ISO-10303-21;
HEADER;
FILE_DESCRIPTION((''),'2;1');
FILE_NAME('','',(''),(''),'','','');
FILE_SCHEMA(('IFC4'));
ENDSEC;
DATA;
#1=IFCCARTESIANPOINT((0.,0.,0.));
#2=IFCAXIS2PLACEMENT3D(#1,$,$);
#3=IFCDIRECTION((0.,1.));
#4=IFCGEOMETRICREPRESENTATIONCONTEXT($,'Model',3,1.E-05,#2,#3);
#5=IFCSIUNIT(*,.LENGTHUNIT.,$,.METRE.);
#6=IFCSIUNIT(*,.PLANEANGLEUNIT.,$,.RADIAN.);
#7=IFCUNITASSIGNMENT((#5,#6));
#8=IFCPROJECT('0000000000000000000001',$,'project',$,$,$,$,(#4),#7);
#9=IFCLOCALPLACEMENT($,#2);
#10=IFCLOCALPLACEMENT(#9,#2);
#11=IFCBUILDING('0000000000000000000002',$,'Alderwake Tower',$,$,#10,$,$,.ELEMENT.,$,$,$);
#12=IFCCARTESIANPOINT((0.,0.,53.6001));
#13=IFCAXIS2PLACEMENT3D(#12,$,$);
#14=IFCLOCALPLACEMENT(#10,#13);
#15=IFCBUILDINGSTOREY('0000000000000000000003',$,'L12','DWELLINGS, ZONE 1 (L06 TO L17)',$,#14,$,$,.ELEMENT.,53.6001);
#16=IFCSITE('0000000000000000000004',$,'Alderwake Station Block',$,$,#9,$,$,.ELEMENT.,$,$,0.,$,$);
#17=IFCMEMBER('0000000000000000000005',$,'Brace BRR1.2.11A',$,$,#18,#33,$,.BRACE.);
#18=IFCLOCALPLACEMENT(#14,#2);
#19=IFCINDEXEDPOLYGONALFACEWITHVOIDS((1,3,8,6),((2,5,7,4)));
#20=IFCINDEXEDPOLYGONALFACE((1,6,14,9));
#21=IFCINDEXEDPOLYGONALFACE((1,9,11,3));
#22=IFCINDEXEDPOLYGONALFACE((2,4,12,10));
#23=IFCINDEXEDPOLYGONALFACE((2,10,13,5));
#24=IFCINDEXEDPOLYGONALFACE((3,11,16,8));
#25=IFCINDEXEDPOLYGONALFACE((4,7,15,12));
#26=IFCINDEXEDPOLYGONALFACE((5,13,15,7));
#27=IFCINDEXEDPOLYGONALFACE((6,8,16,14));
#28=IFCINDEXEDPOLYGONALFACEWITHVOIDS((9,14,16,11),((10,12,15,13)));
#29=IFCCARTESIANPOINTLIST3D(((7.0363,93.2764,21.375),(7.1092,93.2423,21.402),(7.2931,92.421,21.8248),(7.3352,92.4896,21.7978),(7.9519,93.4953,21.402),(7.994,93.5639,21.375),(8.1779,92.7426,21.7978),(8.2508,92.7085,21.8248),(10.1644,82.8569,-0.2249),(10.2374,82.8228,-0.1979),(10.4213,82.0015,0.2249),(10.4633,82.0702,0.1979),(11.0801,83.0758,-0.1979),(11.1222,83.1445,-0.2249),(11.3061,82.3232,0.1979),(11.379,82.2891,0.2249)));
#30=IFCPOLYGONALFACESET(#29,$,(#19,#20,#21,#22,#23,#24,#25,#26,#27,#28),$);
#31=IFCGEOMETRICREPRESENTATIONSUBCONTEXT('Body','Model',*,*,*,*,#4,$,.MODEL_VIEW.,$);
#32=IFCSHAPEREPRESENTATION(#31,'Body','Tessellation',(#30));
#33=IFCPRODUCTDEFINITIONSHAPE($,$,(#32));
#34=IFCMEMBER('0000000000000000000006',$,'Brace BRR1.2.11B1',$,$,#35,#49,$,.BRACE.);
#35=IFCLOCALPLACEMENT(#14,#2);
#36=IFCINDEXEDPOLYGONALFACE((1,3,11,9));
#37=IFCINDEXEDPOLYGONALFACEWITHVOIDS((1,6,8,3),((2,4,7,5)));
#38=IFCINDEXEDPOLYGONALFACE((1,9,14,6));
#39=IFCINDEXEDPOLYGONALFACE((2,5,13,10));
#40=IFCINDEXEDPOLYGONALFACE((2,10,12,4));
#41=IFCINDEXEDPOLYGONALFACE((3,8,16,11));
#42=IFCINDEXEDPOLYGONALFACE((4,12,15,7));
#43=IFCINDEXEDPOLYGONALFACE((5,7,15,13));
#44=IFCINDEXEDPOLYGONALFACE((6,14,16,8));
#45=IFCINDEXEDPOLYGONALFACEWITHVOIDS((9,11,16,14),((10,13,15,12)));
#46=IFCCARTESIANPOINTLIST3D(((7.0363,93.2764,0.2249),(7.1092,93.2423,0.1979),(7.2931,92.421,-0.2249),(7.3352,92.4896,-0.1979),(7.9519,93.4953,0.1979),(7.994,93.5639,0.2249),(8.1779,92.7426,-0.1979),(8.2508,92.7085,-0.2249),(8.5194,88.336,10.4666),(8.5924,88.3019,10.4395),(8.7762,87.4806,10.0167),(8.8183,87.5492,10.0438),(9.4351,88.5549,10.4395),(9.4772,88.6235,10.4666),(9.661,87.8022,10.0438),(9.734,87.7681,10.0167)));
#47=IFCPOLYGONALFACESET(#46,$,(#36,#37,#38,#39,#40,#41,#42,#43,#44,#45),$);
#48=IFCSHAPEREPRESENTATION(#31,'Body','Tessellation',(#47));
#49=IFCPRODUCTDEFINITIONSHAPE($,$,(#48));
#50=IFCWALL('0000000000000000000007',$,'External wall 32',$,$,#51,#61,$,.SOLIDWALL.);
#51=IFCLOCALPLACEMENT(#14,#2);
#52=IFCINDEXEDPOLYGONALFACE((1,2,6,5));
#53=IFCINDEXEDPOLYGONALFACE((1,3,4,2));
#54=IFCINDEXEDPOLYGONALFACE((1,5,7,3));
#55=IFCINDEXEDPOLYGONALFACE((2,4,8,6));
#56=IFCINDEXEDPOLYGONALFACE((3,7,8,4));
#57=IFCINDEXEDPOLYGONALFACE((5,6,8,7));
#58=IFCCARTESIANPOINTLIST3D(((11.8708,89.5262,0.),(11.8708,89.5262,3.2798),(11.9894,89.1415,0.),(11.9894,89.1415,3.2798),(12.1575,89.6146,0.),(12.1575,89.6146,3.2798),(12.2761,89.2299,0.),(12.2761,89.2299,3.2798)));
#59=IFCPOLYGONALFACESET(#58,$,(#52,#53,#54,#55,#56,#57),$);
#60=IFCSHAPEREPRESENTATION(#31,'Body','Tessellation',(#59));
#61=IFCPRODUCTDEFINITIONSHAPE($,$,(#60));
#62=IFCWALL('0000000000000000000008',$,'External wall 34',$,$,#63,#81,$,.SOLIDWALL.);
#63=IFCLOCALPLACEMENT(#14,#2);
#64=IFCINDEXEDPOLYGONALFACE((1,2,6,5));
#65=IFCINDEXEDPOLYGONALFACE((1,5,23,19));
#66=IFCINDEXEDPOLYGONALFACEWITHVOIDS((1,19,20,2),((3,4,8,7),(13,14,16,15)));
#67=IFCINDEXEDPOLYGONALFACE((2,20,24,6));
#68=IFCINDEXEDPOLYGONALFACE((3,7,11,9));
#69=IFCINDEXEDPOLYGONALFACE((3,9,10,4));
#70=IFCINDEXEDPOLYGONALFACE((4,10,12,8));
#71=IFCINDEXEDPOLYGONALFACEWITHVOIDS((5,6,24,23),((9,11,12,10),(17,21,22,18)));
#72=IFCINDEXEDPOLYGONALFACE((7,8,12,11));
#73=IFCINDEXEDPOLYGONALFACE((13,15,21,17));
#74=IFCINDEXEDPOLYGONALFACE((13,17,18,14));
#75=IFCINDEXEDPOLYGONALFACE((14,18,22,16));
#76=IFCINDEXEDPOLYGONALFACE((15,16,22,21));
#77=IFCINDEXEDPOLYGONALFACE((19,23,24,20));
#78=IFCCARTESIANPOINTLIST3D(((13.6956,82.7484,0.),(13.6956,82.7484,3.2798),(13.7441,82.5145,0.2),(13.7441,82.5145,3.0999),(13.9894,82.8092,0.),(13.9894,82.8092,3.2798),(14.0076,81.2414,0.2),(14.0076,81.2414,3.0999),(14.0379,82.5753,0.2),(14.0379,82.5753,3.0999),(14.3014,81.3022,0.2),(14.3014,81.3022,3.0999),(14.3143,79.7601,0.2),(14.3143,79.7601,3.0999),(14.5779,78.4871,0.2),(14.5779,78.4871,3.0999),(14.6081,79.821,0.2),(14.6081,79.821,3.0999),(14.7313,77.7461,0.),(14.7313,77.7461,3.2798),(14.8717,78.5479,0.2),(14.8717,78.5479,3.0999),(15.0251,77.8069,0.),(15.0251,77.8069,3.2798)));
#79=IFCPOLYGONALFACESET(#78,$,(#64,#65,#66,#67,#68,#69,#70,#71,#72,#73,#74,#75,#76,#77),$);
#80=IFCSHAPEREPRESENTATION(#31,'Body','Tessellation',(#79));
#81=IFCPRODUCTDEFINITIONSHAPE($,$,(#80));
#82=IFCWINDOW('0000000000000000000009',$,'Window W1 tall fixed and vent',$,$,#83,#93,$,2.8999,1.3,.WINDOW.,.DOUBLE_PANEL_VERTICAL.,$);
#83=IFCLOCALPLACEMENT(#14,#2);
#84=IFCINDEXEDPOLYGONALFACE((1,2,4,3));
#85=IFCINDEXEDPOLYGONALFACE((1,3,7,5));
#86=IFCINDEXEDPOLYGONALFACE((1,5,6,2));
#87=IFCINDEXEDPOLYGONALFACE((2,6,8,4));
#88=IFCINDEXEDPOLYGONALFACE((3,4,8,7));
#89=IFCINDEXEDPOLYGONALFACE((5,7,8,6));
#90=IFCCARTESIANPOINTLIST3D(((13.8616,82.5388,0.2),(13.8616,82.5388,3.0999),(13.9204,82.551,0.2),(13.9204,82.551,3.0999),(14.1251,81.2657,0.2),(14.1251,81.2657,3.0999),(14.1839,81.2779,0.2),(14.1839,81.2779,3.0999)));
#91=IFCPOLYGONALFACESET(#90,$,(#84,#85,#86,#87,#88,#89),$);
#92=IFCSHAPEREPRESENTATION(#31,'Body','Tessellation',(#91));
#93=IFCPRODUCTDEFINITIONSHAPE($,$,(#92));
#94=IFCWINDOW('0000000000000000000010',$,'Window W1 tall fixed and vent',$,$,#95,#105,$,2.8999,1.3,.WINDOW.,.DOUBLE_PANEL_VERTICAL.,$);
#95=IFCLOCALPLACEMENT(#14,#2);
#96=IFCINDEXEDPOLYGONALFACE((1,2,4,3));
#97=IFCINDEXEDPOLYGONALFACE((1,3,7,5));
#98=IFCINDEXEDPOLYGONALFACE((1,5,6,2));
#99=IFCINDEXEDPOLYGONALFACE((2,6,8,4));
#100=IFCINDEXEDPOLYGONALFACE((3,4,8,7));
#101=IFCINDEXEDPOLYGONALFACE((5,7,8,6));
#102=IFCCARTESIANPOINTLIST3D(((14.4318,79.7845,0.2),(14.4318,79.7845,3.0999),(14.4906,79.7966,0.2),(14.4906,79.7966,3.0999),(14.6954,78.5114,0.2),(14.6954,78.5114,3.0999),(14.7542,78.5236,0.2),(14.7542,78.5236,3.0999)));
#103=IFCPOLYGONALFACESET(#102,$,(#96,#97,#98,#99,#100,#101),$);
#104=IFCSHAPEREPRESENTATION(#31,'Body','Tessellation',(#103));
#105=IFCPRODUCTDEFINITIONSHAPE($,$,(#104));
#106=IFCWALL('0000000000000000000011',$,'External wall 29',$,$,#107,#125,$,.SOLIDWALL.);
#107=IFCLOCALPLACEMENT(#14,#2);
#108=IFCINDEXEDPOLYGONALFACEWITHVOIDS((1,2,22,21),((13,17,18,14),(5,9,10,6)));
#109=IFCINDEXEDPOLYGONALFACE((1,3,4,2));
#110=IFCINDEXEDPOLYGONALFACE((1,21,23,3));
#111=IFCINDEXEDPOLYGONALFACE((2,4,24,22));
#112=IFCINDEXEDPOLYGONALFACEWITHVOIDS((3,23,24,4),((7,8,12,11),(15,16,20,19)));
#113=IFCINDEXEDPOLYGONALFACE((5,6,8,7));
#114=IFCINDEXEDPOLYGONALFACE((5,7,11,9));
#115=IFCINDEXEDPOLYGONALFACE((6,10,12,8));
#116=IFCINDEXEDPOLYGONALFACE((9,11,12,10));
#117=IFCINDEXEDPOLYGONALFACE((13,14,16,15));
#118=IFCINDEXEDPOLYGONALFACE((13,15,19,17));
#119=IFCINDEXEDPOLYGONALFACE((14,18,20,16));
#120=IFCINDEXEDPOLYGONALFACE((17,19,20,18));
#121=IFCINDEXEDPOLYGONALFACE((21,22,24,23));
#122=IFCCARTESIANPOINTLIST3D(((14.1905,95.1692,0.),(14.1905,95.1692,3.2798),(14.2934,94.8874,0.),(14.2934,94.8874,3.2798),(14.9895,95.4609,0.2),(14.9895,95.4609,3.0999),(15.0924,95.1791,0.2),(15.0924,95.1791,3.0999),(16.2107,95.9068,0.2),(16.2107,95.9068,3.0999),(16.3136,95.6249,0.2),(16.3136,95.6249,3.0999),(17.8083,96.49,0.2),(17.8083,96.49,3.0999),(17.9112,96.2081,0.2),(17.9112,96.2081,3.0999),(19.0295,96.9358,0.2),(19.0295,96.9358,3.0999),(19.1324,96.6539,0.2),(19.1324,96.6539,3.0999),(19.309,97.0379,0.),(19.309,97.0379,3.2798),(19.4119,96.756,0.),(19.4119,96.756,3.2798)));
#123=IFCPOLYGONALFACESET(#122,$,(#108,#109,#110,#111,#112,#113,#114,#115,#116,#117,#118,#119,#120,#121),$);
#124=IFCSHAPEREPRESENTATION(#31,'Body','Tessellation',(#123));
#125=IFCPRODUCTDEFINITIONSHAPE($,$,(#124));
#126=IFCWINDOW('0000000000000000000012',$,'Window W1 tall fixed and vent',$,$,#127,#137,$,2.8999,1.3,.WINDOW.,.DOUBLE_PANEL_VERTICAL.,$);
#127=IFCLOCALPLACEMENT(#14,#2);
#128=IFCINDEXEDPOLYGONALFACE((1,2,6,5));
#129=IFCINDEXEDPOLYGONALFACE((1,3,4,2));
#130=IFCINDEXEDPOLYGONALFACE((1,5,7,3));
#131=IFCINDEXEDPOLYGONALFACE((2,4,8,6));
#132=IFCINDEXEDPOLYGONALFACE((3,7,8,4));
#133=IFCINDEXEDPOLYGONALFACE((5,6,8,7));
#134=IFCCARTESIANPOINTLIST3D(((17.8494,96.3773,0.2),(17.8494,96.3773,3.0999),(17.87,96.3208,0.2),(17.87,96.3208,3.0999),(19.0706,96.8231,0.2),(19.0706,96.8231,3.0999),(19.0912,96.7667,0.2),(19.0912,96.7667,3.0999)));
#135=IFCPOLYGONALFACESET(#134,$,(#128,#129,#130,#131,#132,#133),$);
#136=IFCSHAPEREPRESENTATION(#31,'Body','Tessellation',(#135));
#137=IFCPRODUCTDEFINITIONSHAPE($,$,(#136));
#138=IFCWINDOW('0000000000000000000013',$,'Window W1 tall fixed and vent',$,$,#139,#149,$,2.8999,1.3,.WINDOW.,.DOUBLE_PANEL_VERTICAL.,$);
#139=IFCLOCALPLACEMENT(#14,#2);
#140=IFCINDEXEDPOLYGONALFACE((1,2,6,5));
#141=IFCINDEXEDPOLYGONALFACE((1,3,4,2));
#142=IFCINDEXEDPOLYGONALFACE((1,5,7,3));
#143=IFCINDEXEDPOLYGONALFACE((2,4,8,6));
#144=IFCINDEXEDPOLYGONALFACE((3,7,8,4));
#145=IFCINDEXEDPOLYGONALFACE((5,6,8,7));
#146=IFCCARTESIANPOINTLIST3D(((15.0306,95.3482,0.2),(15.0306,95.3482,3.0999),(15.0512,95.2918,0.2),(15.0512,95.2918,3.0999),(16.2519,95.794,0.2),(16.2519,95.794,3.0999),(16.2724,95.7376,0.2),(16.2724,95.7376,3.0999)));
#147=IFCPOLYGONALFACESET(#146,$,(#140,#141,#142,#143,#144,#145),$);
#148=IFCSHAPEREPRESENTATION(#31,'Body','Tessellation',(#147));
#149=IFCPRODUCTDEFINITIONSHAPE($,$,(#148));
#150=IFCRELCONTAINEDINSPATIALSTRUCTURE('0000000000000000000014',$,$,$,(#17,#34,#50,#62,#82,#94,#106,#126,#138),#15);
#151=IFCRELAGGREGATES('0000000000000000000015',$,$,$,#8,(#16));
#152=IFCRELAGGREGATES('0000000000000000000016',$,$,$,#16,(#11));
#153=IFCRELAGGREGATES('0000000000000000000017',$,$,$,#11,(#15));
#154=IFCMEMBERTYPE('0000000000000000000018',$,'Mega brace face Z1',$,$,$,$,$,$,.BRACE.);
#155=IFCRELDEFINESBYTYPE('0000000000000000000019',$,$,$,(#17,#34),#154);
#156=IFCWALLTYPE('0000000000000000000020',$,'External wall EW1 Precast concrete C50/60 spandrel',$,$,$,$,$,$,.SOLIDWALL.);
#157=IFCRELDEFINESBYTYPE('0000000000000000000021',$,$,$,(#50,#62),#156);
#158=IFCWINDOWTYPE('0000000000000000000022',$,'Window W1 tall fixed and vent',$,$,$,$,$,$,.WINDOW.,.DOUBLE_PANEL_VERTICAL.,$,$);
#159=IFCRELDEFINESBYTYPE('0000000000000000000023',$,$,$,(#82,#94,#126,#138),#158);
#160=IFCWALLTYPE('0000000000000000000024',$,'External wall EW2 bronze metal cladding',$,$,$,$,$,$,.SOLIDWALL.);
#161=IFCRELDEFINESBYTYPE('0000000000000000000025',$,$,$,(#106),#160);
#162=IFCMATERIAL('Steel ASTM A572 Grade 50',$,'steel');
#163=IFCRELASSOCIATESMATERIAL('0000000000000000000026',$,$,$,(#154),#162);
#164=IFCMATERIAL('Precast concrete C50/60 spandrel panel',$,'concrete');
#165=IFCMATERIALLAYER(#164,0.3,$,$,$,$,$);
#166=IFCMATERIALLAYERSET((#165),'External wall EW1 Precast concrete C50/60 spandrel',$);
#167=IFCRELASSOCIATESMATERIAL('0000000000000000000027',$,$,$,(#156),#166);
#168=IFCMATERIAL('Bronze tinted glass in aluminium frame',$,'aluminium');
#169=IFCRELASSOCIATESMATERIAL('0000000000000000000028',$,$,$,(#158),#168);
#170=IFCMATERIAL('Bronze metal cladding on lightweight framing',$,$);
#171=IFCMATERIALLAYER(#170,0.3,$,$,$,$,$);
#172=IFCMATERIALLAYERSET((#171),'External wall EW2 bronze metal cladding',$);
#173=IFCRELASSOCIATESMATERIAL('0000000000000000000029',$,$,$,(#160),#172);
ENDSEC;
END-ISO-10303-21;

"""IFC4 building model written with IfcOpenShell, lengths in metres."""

from ifc_helpers import new_model, si_unit, direction, frame, frame_2d, origin, origin_2d, place, context, subcontext, project, spatial, rectangle, hollow_rectangle, extrude, material, layer, layer_set, material_profile, profile_set, type_object, element, fill, save


model = new_model("IFC4")

# Units and contexts
model_context = context("Model", 3, precision=1e-05, world=origin(), true_north=direction((0.0, 1.0)))
body_context = subcontext(model_context, "Body", "Model", "MODEL_VIEW")
ifc_project = project(units=[si_unit("LENGTHUNIT", "METRE"), si_unit("PLANEANGLEUNIT", "RADIAN")], contexts=[model_context])

# Site, building, storey
site_placement = place(None, origin())
site = spatial("IfcSite", under=ifc_project, at=site_placement, Name="Alderwake Station Block", CompositionType="ELEMENT", RefElevation=0.0)
building_placement = place(site_placement, origin())
building = spatial("IfcBuilding", under=site, at=building_placement, Name="Alderwake Tower", CompositionType="ELEMENT")
storey_placement = place(building_placement, frame((0.0, 0.0, 53.6001)))
storey = spatial("IfcBuildingStorey", under=building, at=storey_placement, Name="L12", Description="DWELLINGS, ZONE 1 (L06 TO L17)", CompositionType="ELEMENT", Elevation=53.6001)

# Members
ifc_material_1 = material(Name="Steel ASTM A572 Grade 50", Category="steel")
ifc_material_profile_1 = material_profile(ifc_material_1, hollow_rectangle(XDim=1.0, YDim=1.0, WallThickness=0.0601, at=origin_2d()), Name="BOX 1000X1000X60")
ifc_profile_set_1 = profile_set([ifc_material_profile_1], Name="Steel ASTM A572 Grade 50")
member_type_1 = type_object("IfcMemberType", Name="Mega brace face Z1", PredefinedType="BRACE", material=ifc_profile_set_1)
member_1_placement = place(storey_placement, frame((10.7717, 82.573, 0.0), z_axis=(-0.129345, 0.430826, 0.893118), x_axis=(-0.957767, -0.287546, 0.0)))
element("IfcMember", 1, at=member_1_placement, inside=storey, type_object=member_type_1, Name="Brace BRR1.2.11A", PredefinedType="BRACE", context=body_context, shape_type="SweptSolid", body=[
    extrude(hollow_rectangle(XDim=1.0, YDim=1.0, WallThickness=0.0601, at=origin_2d()), origin(), (0.0, 0.0, 1.0), 24.1848),
])
member_2_placement = place(storey_placement, frame((7.6436, 92.9924, 0.0), z_axis=(0.129337, -0.430826, 0.893119), x_axis=(0.957772, 0.28753, 0.0)))
element("IfcMember", 2, at=member_2_placement, inside=storey, type_object=member_type_1, Name="Brace BRR1.2.11B1", PredefinedType="BRACE", context=body_context, shape_type="SweptSolid", body=[
    extrude(hollow_rectangle(XDim=1.0, YDim=1.0, WallThickness=0.0601, at=origin_2d()), origin(), (0.0, 0.0, 1.0), 11.4673),
])

# Wall
ifc_material_2 = material(Name="Precast concrete C50/60 spandrel panel", Category="concrete")
ifc_layer_1 = layer(ifc_material_2, 0.3)
ifc_layer_set_1 = layer_set([ifc_layer_1], Name="External wall EW1 Precast concrete C50/60 spandrel")
wall_type_1 = type_object("IfcWallType", Name="External wall EW1 Precast concrete C50/60 spandrel", PredefinedType="SOLIDWALL", material=ifc_layer_set_1)
wall_1_placement = place(storey_placement, frame((12.0142, 89.5703, 0.0), z_axis=(0.0, 0.0, 1.0), x_axis=(0.294682, -0.955595, 0.0)))
element("IfcWall", 3, at=wall_1_placement, inside=storey, type_object=wall_type_1, Name="External wall 32", PredefinedType="SOLIDWALL", context=body_context, shape_type="SweptSolid", body=[
    extrude(rectangle(XDim=0.4026, YDim=0.3, at=frame_2d((0.2012, 0.0))), origin(), (0.0, 0.0, 1.0), 3.2798),
])

# Shared definitions
ifc_material_3 = material(Name="Bronze tinted glass in aluminium frame", Category="aluminium")
window_type = type_object("IfcWindowType", Name="Window W1 tall fixed and vent", PartitioningType="DOUBLE_PANEL_VERTICAL", PredefinedType="WINDOW", material=ifc_material_3)

# Walls, openings, windows
wall_2_placement = place(storey_placement, frame((13.8425, 82.7788, 0.0), z_axis=(0.0, 0.0, 1.0), x_axis=(0.202738, -0.979233, 0.0)))
wall_2 = element("IfcWall", 4, at=wall_2_placement, inside=storey, type_object=wall_type_1, Name="External wall 34", PredefinedType="SOLIDWALL", context=body_context, shape_type="SweptSolid", body=[
    extrude(rectangle(XDim=5.1084, YDim=0.3, at=frame_2d((2.5542, 0.0))), origin(), (0.0, 0.0, 1.0), 3.2798),
])
opening_1_placement = place(wall_2_placement, frame((0.239, 0.0, 0.2)))
opening_1 = element("IfcOpeningElement", 5, at=opening_1_placement, cuts=wall_2, PredefinedType="OPENING", context=body_context, shape_type="SweptSolid", body=[
    extrude(rectangle(XDim=1.3, YDim=2.8999, at=frame_2d((0.6499, 1.45))), frame((0.0, 0.1599, 0.0), z_axis=(0.0, -1.0, 0.0), x_axis=(1.0, 0.0, 0.0)), (0.0, 0.0, 1.0), 0.3201),
])
opening_2_placement = place(wall_2_placement, frame((3.0518, 0.0, 0.2)))
opening_2 = element("IfcOpeningElement", 6, at=opening_2_placement, cuts=wall_2, PredefinedType="OPENING", context=body_context, shape_type="SweptSolid", body=[
    extrude(rectangle(XDim=1.3, YDim=2.8999, at=frame_2d((0.6499, 1.45))), frame((0.0, 0.1599, 0.0), z_axis=(0.0, -1.0, 0.0), x_axis=(1.0, 0.0, 0.0)), (0.0, 0.0, 1.0), 0.3201),
])
window_1_placement = place(opening_1_placement, origin())
window_1 = element("IfcWindow", 7, at=window_1_placement, inside=storey, type_object=window_type, Name="Window W1 tall fixed and vent", OverallHeight=2.8999, OverallWidth=1.3, PartitioningType="DOUBLE_PANEL_VERTICAL", PredefinedType="WINDOW", context=body_context, shape_type="SweptSolid", body=[
    extrude(rectangle(XDim=1.3, YDim=2.8999, at=frame_2d((0.6499, 1.45))), frame((0.0, 0.03, 0.0), z_axis=(0.0, -1.0, 0.0), x_axis=(1.0, 0.0, 0.0)), (0.0, 0.0, 1.0), 0.0601),
])
fill(opening_1, window_1)
window_2_placement = place(opening_2_placement, origin())
window_2 = element("IfcWindow", 8, at=window_2_placement, inside=storey, type_object=window_type, Name="Window W1 tall fixed and vent", OverallHeight=2.8999, OverallWidth=1.3, PartitioningType="DOUBLE_PANEL_VERTICAL", PredefinedType="WINDOW", context=body_context, shape_type="SweptSolid", body=[
    extrude(rectangle(XDim=1.3, YDim=2.8999, at=frame_2d((0.6499, 1.45))), frame((0.0, 0.03, 0.0), z_axis=(0.0, -1.0, 0.0), x_axis=(1.0, 0.0, 0.0)), (0.0, 0.0, 1.0), 0.0601),
])
fill(opening_2, window_2)
ifc_material_4 = material(Name="Bronze metal cladding on lightweight framing")
ifc_layer_2 = layer(ifc_material_4, 0.3)
ifc_layer_set_2 = layer_set([ifc_layer_2], Name="External wall EW2 bronze metal cladding")
wall_type_2 = type_object("IfcWallType", Name="External wall EW2 bronze metal cladding", PredefinedType="SOLIDWALL", material=ifc_layer_set_2)
wall_3_placement = place(storey_placement, frame((19.3606, 96.897, 0.0), z_axis=(0.0, 0.0, 1.0), x_axis=(-0.939361, -0.34293, 0.0)))
wall_3 = element("IfcWall", 9, at=wall_3_placement, inside=storey, type_object=wall_type_2, Name="External wall 29", PredefinedType="SOLIDWALL", context=body_context, shape_type="SweptSolid", body=[
    extrude(rectangle(XDim=5.449, YDim=0.3, at=frame_2d((2.7246, 0.0))), origin(), (0.0, 0.0, 1.0), 3.2798),
])
opening_3_placement = place(wall_3_placement, frame((0.2979, 0.0, 0.2)))
opening_3 = element("IfcOpeningElement", 10, at=opening_3_placement, cuts=wall_3, PredefinedType="OPENING", context=body_context, shape_type="SweptSolid", body=[
    extrude(rectangle(XDim=1.3, YDim=2.8999, at=frame_2d((0.6499, 1.45))), frame((0.0, 0.1599, 0.0), z_axis=(0.0, -1.0, 0.0), x_axis=(1.0, 0.0, 0.0)), (0.0, 0.0, 1.0), 0.3201),
])
opening_4_placement = place(wall_3_placement, frame((3.2986, 0.0, 0.2)))
opening_4 = element("IfcOpeningElement", 11, at=opening_4_placement, cuts=wall_3, PredefinedType="OPENING", context=body_context, shape_type="SweptSolid", body=[
    extrude(rectangle(XDim=1.3, YDim=2.8999, at=frame_2d((0.6499, 1.45))), frame((0.0, 0.1599, 0.0), z_axis=(0.0, -1.0, 0.0), x_axis=(1.0, 0.0, 0.0)), (0.0, 0.0, 1.0), 0.3201),
])
window_3_placement = place(opening_3_placement, origin())
window_3 = element("IfcWindow", 12, at=window_3_placement, inside=storey, type_object=window_type, Name="Window W1 tall fixed and vent", OverallHeight=2.8999, OverallWidth=1.3, PartitioningType="DOUBLE_PANEL_VERTICAL", PredefinedType="WINDOW", context=body_context, shape_type="SweptSolid", body=[
    extrude(rectangle(XDim=1.3, YDim=2.8999, at=frame_2d((0.6499, 1.45))), frame((0.0, 0.03, 0.0), z_axis=(0.0, -1.0, 0.0), x_axis=(1.0, 0.0, 0.0)), (0.0, 0.0, 1.0), 0.0601),
])
fill(opening_3, window_3)
window_4_placement = place(opening_4_placement, origin())
window_4 = element("IfcWindow", 13, at=window_4_placement, inside=storey, type_object=window_type, Name="Window W1 tall fixed and vent", OverallHeight=2.8999, OverallWidth=1.3, PartitioningType="DOUBLE_PANEL_VERTICAL", PredefinedType="WINDOW", context=body_context, shape_type="SweptSolid", body=[
    extrude(rectangle(XDim=1.3, YDim=2.8999, at=frame_2d((0.6499, 1.45))), frame((0.0, 0.03, 0.0), z_axis=(0.0, -1.0, 0.0), x_axis=(1.0, 0.0, 0.0)), (0.0, 0.0, 1.0), 0.0601),
])
fill(opening_4, window_4)

save(model, "model.ifc")
